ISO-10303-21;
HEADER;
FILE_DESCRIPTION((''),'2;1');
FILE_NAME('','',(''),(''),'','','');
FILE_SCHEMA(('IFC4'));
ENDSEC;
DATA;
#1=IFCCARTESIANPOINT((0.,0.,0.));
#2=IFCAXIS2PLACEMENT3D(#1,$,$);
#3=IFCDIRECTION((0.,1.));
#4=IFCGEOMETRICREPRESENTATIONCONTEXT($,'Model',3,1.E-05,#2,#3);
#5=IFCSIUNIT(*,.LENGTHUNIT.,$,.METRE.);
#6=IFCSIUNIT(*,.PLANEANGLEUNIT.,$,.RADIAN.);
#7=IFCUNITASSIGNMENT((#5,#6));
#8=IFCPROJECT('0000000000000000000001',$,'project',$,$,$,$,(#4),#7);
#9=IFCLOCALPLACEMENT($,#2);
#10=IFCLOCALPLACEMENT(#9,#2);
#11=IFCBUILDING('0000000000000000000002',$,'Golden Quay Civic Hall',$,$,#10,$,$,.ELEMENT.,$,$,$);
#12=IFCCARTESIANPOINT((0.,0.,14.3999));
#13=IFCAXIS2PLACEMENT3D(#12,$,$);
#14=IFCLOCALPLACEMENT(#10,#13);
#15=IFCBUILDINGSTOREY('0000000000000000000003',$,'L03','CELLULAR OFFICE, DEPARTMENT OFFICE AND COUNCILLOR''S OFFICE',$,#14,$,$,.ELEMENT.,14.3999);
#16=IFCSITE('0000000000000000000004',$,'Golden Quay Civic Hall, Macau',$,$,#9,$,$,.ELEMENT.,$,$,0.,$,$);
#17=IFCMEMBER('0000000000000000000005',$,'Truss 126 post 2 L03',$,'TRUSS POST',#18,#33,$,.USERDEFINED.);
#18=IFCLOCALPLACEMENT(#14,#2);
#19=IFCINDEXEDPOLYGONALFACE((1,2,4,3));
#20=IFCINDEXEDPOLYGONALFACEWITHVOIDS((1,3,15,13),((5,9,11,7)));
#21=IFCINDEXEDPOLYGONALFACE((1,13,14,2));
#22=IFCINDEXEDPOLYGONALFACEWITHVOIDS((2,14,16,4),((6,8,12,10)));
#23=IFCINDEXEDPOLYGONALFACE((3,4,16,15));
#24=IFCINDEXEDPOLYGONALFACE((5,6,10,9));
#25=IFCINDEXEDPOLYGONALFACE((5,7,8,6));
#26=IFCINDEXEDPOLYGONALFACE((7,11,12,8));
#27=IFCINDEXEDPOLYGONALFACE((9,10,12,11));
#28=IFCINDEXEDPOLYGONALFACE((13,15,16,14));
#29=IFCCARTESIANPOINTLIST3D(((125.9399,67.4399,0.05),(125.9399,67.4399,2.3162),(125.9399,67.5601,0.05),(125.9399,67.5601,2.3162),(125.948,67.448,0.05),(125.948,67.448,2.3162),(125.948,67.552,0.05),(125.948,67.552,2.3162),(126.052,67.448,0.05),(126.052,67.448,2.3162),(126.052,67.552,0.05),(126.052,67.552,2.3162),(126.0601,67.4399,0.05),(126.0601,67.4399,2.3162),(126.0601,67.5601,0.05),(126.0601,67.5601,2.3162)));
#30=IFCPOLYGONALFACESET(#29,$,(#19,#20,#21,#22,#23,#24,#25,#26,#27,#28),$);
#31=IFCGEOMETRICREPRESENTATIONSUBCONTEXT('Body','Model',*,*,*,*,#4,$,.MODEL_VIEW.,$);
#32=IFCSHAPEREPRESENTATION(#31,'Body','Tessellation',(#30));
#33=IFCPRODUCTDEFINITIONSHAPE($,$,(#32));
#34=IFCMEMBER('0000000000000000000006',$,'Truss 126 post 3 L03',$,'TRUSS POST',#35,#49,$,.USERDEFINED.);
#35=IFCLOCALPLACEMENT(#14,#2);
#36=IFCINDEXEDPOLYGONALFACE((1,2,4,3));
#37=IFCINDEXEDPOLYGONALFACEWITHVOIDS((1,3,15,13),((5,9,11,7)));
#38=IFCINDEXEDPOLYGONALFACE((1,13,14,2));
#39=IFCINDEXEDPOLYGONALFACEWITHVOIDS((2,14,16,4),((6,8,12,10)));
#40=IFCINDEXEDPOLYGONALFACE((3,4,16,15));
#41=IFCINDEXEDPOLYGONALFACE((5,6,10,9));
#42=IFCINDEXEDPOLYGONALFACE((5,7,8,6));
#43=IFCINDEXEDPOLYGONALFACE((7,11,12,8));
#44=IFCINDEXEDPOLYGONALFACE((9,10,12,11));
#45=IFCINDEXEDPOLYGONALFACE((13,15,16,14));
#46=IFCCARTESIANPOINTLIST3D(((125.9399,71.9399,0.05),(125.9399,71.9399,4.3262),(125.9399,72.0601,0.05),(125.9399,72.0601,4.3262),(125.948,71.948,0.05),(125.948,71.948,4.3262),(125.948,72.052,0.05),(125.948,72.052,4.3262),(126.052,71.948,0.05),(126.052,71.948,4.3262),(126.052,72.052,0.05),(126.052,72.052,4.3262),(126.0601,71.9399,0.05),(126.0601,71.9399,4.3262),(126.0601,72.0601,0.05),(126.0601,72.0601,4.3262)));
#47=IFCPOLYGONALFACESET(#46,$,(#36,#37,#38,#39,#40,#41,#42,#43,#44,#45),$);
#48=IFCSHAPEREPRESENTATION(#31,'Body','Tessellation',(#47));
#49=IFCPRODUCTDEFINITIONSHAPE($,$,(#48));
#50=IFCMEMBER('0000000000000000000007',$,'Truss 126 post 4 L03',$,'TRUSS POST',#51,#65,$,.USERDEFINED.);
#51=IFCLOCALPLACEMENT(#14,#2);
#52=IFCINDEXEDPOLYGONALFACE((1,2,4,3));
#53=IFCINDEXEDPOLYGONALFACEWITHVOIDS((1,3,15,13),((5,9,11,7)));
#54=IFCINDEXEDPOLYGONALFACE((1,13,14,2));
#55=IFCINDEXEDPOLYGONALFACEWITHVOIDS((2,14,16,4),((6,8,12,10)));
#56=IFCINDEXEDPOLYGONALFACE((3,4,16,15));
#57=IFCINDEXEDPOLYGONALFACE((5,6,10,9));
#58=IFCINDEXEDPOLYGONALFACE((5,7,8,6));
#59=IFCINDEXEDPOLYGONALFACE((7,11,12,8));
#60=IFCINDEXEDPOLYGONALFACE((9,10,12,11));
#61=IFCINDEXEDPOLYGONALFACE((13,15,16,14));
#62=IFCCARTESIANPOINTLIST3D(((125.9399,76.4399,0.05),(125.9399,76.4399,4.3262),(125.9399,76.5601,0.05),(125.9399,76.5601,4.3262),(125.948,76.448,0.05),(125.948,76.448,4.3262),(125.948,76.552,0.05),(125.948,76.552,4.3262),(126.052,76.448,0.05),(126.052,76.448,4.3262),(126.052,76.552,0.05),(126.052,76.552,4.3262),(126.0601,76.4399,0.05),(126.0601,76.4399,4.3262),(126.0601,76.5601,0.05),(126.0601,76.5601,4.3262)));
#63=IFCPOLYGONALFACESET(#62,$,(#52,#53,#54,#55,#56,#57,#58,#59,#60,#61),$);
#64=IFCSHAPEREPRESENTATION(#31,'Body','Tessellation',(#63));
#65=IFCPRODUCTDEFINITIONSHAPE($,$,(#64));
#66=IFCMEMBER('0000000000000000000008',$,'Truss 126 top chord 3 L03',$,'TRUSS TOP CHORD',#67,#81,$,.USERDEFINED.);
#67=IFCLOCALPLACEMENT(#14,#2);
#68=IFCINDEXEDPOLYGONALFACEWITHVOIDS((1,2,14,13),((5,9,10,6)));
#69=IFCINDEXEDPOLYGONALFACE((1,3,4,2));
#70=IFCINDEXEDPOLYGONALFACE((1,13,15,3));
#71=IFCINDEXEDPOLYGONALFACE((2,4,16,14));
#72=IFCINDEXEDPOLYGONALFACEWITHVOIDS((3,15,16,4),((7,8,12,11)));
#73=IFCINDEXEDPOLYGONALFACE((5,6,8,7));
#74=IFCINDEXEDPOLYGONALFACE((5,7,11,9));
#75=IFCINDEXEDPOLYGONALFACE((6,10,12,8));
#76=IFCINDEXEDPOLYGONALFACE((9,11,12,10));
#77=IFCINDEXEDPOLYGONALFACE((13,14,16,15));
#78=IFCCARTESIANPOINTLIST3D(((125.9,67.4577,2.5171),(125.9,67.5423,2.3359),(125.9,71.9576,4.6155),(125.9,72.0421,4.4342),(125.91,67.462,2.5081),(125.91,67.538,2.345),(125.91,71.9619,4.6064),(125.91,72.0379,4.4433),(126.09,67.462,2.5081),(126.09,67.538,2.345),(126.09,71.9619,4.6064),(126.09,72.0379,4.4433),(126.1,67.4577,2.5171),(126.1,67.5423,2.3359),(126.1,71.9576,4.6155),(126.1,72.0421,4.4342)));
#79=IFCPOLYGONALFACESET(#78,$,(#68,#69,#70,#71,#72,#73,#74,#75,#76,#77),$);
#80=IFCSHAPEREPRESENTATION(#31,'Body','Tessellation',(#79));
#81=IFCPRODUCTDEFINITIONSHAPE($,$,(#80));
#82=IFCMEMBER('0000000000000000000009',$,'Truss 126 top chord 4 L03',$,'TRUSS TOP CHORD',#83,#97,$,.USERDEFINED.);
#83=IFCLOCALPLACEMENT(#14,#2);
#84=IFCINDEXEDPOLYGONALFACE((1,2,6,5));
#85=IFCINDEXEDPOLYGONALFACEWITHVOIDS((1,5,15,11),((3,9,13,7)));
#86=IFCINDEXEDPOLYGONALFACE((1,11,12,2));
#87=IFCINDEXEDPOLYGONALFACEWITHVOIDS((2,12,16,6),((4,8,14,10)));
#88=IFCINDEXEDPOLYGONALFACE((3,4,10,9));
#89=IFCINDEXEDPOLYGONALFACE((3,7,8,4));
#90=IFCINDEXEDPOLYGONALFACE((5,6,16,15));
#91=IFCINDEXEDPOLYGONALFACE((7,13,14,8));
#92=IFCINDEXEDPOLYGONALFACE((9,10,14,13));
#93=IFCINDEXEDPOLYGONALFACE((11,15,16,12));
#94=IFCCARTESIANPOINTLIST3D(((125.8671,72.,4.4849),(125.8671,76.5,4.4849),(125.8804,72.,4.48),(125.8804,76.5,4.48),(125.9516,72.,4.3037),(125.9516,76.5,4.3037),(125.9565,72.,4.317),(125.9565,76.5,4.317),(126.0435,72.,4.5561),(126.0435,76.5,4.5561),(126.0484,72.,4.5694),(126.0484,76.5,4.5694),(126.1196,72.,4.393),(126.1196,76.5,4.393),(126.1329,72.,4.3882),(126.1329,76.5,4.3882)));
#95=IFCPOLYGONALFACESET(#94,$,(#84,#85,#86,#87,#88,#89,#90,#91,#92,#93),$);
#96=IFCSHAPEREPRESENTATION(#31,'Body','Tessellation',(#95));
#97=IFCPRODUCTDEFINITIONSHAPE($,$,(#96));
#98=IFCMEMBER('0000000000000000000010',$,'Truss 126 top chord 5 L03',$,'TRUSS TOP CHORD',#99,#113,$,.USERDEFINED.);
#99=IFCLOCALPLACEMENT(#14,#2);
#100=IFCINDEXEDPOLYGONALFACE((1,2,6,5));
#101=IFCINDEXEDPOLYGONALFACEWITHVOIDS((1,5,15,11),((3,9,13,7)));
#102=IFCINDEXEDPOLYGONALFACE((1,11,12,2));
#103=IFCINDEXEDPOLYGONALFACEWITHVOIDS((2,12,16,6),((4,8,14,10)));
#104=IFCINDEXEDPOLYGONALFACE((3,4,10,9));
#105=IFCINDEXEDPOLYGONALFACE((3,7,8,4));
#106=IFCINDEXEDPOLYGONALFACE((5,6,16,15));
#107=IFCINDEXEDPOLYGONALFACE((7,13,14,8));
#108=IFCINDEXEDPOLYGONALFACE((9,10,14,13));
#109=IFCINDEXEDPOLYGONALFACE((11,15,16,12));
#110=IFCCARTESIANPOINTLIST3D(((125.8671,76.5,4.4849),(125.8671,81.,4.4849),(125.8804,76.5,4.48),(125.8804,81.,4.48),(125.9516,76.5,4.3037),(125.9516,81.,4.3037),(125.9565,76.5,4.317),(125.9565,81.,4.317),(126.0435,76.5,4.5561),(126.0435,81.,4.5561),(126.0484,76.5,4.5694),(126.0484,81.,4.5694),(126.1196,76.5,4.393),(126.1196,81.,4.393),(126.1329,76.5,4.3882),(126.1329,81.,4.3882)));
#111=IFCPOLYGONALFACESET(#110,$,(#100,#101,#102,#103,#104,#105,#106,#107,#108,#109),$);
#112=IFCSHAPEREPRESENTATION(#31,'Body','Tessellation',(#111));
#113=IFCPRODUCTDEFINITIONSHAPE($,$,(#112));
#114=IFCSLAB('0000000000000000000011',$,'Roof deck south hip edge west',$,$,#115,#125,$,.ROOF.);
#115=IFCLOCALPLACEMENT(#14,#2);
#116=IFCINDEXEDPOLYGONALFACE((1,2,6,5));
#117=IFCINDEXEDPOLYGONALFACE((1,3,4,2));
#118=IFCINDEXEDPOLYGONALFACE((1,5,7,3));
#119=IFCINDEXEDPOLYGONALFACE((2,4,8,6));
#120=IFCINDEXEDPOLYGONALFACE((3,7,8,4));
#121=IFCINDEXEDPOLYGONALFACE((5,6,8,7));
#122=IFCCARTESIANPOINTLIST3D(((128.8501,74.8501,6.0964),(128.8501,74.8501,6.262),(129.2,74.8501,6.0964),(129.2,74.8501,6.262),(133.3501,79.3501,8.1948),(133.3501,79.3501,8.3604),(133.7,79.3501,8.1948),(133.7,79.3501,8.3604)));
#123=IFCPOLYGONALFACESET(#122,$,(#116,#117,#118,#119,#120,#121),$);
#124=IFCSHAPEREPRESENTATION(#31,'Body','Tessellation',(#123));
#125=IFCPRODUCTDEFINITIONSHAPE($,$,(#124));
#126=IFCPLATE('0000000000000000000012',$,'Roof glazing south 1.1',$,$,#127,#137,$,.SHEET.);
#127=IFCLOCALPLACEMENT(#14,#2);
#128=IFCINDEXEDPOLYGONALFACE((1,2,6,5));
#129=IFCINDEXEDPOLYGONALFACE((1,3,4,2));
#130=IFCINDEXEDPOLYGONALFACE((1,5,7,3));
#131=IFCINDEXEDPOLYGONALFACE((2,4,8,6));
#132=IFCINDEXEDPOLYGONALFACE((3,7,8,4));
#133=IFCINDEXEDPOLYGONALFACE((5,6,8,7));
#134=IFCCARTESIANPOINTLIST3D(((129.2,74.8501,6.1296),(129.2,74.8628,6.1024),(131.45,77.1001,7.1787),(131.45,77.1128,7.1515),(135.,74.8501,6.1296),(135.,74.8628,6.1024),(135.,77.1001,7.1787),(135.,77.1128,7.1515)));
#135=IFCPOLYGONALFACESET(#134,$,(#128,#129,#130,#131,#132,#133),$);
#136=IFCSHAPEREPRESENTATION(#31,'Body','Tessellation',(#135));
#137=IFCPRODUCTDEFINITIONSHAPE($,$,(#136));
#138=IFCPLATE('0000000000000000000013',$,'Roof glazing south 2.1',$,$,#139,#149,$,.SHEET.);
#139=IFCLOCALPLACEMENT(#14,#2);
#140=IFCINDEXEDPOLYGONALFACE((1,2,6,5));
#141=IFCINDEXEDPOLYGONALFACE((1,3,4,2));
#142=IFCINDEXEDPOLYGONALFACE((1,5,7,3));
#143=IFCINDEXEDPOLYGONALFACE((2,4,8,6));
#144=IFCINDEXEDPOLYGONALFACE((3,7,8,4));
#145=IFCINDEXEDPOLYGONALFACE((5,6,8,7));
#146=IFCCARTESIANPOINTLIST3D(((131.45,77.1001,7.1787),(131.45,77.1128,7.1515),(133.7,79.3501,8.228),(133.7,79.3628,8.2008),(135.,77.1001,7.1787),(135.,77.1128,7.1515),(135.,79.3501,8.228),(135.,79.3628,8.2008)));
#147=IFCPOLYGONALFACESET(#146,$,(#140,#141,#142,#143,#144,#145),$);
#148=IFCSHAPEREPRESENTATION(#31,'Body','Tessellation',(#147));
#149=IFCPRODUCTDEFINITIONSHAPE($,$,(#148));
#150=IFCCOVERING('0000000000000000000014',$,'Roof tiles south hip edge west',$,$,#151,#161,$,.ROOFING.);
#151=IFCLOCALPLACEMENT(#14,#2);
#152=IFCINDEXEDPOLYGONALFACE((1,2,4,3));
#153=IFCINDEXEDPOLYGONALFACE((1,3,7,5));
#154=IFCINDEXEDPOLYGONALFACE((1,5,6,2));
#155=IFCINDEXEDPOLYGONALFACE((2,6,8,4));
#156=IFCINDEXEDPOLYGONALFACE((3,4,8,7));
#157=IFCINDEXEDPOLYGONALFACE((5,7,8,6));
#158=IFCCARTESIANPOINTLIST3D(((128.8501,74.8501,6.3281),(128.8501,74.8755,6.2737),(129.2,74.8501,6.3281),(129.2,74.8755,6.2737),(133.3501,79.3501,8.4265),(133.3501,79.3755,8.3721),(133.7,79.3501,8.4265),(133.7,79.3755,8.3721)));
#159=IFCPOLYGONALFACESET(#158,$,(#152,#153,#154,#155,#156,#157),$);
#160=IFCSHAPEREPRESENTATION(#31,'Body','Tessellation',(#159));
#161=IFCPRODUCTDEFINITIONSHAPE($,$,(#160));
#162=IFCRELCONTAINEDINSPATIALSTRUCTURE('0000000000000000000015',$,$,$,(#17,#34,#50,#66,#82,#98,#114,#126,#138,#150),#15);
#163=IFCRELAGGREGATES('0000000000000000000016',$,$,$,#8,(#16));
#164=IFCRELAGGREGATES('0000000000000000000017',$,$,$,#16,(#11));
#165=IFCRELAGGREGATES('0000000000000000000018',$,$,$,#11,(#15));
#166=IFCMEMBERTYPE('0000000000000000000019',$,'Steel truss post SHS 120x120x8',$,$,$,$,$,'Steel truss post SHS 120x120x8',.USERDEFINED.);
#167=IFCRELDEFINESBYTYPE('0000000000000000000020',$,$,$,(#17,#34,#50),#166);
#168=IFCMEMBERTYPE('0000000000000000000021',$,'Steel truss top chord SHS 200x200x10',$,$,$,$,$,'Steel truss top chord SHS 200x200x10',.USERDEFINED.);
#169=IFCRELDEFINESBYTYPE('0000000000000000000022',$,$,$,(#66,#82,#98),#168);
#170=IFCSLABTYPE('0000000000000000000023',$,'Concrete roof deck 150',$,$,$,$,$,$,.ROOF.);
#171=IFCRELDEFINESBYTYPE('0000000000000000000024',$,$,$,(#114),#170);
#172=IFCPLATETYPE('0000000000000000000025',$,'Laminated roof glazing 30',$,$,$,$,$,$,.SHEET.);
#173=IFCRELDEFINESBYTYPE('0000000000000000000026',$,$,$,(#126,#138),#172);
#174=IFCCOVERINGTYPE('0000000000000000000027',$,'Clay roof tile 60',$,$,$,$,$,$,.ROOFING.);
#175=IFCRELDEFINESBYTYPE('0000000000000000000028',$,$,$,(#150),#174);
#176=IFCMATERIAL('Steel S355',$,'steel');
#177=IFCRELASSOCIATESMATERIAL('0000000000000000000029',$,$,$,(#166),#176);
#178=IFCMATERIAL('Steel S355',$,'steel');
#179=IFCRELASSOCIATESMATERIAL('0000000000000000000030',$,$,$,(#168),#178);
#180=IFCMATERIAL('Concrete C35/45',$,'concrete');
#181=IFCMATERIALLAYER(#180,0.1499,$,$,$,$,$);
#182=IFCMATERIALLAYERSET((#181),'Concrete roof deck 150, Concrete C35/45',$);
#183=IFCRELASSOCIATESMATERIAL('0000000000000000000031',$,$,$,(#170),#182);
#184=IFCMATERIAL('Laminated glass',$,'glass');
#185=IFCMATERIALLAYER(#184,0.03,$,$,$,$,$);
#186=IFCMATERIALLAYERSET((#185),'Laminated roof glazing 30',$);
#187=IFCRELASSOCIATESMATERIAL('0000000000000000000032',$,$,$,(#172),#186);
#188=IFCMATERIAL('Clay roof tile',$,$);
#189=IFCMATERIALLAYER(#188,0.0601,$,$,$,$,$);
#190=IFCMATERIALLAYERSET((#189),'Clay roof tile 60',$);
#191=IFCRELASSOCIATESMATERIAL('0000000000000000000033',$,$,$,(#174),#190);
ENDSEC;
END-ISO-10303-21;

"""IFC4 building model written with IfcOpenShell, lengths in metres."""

from ifc_helpers import new_model, si_unit, direction, frame, origin, origin_2d, place, context, subcontext, project, spatial, polyline, hollow_rectangle, outline, extrude, material, layer, layer_set, material_profile, profile_set, type_object, element, save


model = new_model("IFC4")

# Units and contexts
model_context = context("Model", 3, precision=1e-05, world=origin(), true_north=direction((0.0, 1.0)))
body_context = subcontext(model_context, "Body", "Model", "MODEL_VIEW")
ifc_project = project(units=[si_unit("LENGTHUNIT", "METRE"), si_unit("PLANEANGLEUNIT", "RADIAN")], contexts=[model_context])

# Site, building, storey
site_placement = place(None, origin())
site = spatial("IfcSite", under=ifc_project, at=site_placement, Name="Golden Quay Civic Hall, Macau", CompositionType="ELEMENT", RefElevation=0.0)
building_placement = place(site_placement, origin())
building = spatial("IfcBuilding", under=site, at=building_placement, Name="Golden Quay Civic Hall", CompositionType="ELEMENT")
storey_placement = place(building_placement, frame((0.0, 0.0, 14.3999)))
storey = spatial("IfcBuildingStorey", under=building, at=storey_placement, Name="L03", Description="CELLULAR OFFICE, DEPARTMENT OFFICE AND COUNCILLOR'S OFFICE", CompositionType="ELEMENT", Elevation=14.3999)

# Members
ifc_material_1 = material(Name="Steel S355", Category="steel")
ifc_material_profile_1 = material_profile(ifc_material_1, hollow_rectangle(XDim=0.1201, YDim=0.1201, WallThickness=0.0081, at=origin_2d()), Name="SHS 120x120x8")
ifc_profile_set_1 = profile_set([ifc_material_profile_1], Name="Steel S355")
member_type_1 = type_object("IfcMemberType", Name="Steel truss post SHS 120x120x8", ElementType="Steel truss post SHS 120x120x8", PredefinedType="USERDEFINED", material=ifc_profile_set_1)
member_1_placement = place(storey_placement, frame((126.0, 67.5, 0.05), z_axis=(0.0, 0.0, 1.0), x_axis=(1.0, 0.0, 0.0)))
element("IfcMember", 1, at=member_1_placement, inside=storey, type_object=member_type_1, Name="Truss 126 post 2 L03", ObjectType="TRUSS POST", PredefinedType="USERDEFINED", context=body_context, shape_type="SweptSolid", body=[
    extrude(hollow_rectangle(XDim=0.1201, YDim=0.1201, WallThickness=0.0081, at=origin_2d()), origin(), (0.0, 0.0, 1.0), 2.2661),
])
for number, where, z_axis, x_axis, name in (
    (2, (126.0, 72.0, 0.05), (0.0, 0.0, 1.0), (1.0, 0.0, 0.0), "Truss 126 post 3 L03"),
    (3, (126.0, 76.5, 0.05), (0.0, 0.0, 1.0), (1.0, 0.0, 0.0), "Truss 126 post 4 L03"),
):
    element("IfcMember", number, at=place(storey_placement, frame(where, z_axis=z_axis, x_axis=x_axis)), inside=storey, type_object=member_type_1, Name=name, ObjectType="TRUSS POST", PredefinedType="USERDEFINED", context=body_context, shape_type="SweptSolid", body=[
        extrude(hollow_rectangle(XDim=0.1201, YDim=0.1201, WallThickness=0.0081, at=origin_2d()), origin(), (0.0, 0.0, 1.0), 4.2761),
    ])
ifc_material_2 = material(Name="Steel S355", Category="steel")
ifc_material_profile_2 = material_profile(ifc_material_2, hollow_rectangle(XDim=0.2, YDim=0.2, WallThickness=0.01, at=origin_2d()), Name="SHS 200x200x10")
ifc_profile_set_2 = profile_set([ifc_material_profile_2], Name="Steel S355")
member_type_2 = type_object("IfcMemberType", Name="Steel truss top chord SHS 200x200x10", ElementType="Steel truss top chord SHS 200x200x10", PredefinedType="USERDEFINED", material=ifc_profile_set_2)
member_2_placement = place(storey_placement, frame((126.0, 67.5, 2.4265), z_axis=(0.0, 0.906307, 0.422619), x_axis=(-1.0, 0.0, 0.0)))
element("IfcMember", 4, at=member_2_placement, inside=storey, type_object=member_type_2, Name="Truss 126 top chord 3 L03", ObjectType="TRUSS TOP CHORD", PredefinedType="USERDEFINED", context=body_context, shape_type="SweptSolid", body=[
    extrude(hollow_rectangle(XDim=0.2, YDim=0.2, WallThickness=0.01, at=origin_2d()), origin(), (0.0, 0.0, 1.0), 4.9651),
])
for number, where, z_axis, x_axis, name in (
    (5, (126.0, 72.0, 4.4365), (0.0, 1.0, 0.0), (-0.906308, 0.0, -0.422618), "Truss 126 top chord 4 L03"),
    (6, (126.0, 76.5, 4.4365), (0.0, 1.0, 0.0), (-0.906308, 0.0, -0.422618), "Truss 126 top chord 5 L03"),
):
    element("IfcMember", number, at=place(storey_placement, frame(where, z_axis=z_axis, x_axis=x_axis)), inside=storey, type_object=member_type_2, Name=name, ObjectType="TRUSS TOP CHORD", PredefinedType="USERDEFINED", context=body_context, shape_type="SweptSolid", body=[
        extrude(hollow_rectangle(XDim=0.2, YDim=0.2, WallThickness=0.01, at=origin_2d()), origin(), (0.0, 0.0, 1.0), 4.5),
    ])

# Slab
ifc_material_3 = material(Name="Concrete C35/45", Category="concrete")
ifc_layer_1 = layer(ifc_material_3, 0.1499)
ifc_layer_set_1 = layer_set([ifc_layer_1], Name="Concrete roof deck 150, Concrete C35/45")
slab_type = type_object("IfcSlabType", Name="Concrete roof deck 150", PredefinedType="ROOF", material=ifc_layer_set_1)
slab_placement = place(storey_placement, frame((128.8501, 74.8501, 6.262), z_axis=(0.0, -0.422619, 0.906307), x_axis=(1.0, 0.0, 0.0)))
element("IfcSlab", 7, at=slab_placement, inside=storey, type_object=slab_type, Name="Roof deck south hip edge west", PredefinedType="ROOF", context=body_context, shape_type="SweptSolid", body=[
    extrude(outline(polyline([(0.0, 0.0), (0.3499, 0.0), (4.8499, 4.9652), (4.5, 4.9652), (0.0, 0.0)])), origin(), (0.0, -0.422619, -0.906307), 0.1655),
])

# Plates
ifc_material_4 = material(Name="Laminated glass", Category="glass")
ifc_layer_2 = layer(ifc_material_4, 0.03)
ifc_layer_set_2 = layer_set([ifc_layer_2], Name="Laminated roof glazing 30")
plate_type = type_object("IfcPlateType", Name="Laminated roof glazing 30", PredefinedType="SHEET", material=ifc_layer_set_2)
plate_1_placement = place(storey_placement, frame((129.2, 74.8501, 6.1296), z_axis=(0.0, -0.422579, 0.906326), x_axis=(1.0, 0.0, 0.0)))
element("IfcPlate", 8, at=plate_1_placement, inside=storey, type_object=plate_type, Name="Roof glazing south 1.1", PredefinedType="SHEET", context=body_context, shape_type="SweptSolid", body=[
    extrude(outline(polyline([(0.0, 0.0), (5.8, 0.0), (5.8, 2.4825), (2.25, 2.4825), (0.0, 0.0)])), origin(), (0.0, 0.0, -1.0), 0.03),
])
plate_2_placement = place(storey_placement, frame((131.45, 77.1001, 7.1787), z_axis=(0.0, -0.422659, 0.906289), x_axis=(1.0, 0.0, 0.0)))
element("IfcPlate", 9, at=plate_2_placement, inside=storey, type_object=plate_type, Name="Roof glazing south 2.1", PredefinedType="SHEET", context=body_context, shape_type="SweptSolid", body=[
    extrude(outline(polyline([(0.0, 0.0), (3.55, 0.0), (3.55, 2.4827), (2.25, 2.4827), (0.0, 0.0)])), origin(), (0.0, 0.0, -1.0), 0.03),
])

# Covering
ifc_material_5 = material(Name="Clay roof tile")
ifc_layer_3 = layer(ifc_material_5, 0.0601)
ifc_layer_set_3 = layer_set([ifc_layer_3], Name="Clay roof tile 60")
covering_type = type_object("IfcCoveringType", Name="Clay roof tile 60", PredefinedType="ROOFING", material=ifc_layer_set_3)
covering_placement = place(storey_placement, frame((128.8501, 74.8501, 6.3281), z_axis=(0.0, -0.422619, 0.906307), x_axis=(1.0, 0.0, 0.0)))
element("IfcCovering", 10, at=covering_placement, inside=storey, type_object=covering_type, Name="Roof tiles south hip edge west", PredefinedType="ROOFING", context=body_context, shape_type="SweptSolid", body=[
    extrude(outline(polyline([(0.0, 0.0), (0.3499, 0.0), (4.8499, 4.9652), (4.5, 4.9652), (0.0, 0.0)])), origin(), (0.0, 0.0, -1.0), 0.0601),
])

save(model, "model.ifc")
